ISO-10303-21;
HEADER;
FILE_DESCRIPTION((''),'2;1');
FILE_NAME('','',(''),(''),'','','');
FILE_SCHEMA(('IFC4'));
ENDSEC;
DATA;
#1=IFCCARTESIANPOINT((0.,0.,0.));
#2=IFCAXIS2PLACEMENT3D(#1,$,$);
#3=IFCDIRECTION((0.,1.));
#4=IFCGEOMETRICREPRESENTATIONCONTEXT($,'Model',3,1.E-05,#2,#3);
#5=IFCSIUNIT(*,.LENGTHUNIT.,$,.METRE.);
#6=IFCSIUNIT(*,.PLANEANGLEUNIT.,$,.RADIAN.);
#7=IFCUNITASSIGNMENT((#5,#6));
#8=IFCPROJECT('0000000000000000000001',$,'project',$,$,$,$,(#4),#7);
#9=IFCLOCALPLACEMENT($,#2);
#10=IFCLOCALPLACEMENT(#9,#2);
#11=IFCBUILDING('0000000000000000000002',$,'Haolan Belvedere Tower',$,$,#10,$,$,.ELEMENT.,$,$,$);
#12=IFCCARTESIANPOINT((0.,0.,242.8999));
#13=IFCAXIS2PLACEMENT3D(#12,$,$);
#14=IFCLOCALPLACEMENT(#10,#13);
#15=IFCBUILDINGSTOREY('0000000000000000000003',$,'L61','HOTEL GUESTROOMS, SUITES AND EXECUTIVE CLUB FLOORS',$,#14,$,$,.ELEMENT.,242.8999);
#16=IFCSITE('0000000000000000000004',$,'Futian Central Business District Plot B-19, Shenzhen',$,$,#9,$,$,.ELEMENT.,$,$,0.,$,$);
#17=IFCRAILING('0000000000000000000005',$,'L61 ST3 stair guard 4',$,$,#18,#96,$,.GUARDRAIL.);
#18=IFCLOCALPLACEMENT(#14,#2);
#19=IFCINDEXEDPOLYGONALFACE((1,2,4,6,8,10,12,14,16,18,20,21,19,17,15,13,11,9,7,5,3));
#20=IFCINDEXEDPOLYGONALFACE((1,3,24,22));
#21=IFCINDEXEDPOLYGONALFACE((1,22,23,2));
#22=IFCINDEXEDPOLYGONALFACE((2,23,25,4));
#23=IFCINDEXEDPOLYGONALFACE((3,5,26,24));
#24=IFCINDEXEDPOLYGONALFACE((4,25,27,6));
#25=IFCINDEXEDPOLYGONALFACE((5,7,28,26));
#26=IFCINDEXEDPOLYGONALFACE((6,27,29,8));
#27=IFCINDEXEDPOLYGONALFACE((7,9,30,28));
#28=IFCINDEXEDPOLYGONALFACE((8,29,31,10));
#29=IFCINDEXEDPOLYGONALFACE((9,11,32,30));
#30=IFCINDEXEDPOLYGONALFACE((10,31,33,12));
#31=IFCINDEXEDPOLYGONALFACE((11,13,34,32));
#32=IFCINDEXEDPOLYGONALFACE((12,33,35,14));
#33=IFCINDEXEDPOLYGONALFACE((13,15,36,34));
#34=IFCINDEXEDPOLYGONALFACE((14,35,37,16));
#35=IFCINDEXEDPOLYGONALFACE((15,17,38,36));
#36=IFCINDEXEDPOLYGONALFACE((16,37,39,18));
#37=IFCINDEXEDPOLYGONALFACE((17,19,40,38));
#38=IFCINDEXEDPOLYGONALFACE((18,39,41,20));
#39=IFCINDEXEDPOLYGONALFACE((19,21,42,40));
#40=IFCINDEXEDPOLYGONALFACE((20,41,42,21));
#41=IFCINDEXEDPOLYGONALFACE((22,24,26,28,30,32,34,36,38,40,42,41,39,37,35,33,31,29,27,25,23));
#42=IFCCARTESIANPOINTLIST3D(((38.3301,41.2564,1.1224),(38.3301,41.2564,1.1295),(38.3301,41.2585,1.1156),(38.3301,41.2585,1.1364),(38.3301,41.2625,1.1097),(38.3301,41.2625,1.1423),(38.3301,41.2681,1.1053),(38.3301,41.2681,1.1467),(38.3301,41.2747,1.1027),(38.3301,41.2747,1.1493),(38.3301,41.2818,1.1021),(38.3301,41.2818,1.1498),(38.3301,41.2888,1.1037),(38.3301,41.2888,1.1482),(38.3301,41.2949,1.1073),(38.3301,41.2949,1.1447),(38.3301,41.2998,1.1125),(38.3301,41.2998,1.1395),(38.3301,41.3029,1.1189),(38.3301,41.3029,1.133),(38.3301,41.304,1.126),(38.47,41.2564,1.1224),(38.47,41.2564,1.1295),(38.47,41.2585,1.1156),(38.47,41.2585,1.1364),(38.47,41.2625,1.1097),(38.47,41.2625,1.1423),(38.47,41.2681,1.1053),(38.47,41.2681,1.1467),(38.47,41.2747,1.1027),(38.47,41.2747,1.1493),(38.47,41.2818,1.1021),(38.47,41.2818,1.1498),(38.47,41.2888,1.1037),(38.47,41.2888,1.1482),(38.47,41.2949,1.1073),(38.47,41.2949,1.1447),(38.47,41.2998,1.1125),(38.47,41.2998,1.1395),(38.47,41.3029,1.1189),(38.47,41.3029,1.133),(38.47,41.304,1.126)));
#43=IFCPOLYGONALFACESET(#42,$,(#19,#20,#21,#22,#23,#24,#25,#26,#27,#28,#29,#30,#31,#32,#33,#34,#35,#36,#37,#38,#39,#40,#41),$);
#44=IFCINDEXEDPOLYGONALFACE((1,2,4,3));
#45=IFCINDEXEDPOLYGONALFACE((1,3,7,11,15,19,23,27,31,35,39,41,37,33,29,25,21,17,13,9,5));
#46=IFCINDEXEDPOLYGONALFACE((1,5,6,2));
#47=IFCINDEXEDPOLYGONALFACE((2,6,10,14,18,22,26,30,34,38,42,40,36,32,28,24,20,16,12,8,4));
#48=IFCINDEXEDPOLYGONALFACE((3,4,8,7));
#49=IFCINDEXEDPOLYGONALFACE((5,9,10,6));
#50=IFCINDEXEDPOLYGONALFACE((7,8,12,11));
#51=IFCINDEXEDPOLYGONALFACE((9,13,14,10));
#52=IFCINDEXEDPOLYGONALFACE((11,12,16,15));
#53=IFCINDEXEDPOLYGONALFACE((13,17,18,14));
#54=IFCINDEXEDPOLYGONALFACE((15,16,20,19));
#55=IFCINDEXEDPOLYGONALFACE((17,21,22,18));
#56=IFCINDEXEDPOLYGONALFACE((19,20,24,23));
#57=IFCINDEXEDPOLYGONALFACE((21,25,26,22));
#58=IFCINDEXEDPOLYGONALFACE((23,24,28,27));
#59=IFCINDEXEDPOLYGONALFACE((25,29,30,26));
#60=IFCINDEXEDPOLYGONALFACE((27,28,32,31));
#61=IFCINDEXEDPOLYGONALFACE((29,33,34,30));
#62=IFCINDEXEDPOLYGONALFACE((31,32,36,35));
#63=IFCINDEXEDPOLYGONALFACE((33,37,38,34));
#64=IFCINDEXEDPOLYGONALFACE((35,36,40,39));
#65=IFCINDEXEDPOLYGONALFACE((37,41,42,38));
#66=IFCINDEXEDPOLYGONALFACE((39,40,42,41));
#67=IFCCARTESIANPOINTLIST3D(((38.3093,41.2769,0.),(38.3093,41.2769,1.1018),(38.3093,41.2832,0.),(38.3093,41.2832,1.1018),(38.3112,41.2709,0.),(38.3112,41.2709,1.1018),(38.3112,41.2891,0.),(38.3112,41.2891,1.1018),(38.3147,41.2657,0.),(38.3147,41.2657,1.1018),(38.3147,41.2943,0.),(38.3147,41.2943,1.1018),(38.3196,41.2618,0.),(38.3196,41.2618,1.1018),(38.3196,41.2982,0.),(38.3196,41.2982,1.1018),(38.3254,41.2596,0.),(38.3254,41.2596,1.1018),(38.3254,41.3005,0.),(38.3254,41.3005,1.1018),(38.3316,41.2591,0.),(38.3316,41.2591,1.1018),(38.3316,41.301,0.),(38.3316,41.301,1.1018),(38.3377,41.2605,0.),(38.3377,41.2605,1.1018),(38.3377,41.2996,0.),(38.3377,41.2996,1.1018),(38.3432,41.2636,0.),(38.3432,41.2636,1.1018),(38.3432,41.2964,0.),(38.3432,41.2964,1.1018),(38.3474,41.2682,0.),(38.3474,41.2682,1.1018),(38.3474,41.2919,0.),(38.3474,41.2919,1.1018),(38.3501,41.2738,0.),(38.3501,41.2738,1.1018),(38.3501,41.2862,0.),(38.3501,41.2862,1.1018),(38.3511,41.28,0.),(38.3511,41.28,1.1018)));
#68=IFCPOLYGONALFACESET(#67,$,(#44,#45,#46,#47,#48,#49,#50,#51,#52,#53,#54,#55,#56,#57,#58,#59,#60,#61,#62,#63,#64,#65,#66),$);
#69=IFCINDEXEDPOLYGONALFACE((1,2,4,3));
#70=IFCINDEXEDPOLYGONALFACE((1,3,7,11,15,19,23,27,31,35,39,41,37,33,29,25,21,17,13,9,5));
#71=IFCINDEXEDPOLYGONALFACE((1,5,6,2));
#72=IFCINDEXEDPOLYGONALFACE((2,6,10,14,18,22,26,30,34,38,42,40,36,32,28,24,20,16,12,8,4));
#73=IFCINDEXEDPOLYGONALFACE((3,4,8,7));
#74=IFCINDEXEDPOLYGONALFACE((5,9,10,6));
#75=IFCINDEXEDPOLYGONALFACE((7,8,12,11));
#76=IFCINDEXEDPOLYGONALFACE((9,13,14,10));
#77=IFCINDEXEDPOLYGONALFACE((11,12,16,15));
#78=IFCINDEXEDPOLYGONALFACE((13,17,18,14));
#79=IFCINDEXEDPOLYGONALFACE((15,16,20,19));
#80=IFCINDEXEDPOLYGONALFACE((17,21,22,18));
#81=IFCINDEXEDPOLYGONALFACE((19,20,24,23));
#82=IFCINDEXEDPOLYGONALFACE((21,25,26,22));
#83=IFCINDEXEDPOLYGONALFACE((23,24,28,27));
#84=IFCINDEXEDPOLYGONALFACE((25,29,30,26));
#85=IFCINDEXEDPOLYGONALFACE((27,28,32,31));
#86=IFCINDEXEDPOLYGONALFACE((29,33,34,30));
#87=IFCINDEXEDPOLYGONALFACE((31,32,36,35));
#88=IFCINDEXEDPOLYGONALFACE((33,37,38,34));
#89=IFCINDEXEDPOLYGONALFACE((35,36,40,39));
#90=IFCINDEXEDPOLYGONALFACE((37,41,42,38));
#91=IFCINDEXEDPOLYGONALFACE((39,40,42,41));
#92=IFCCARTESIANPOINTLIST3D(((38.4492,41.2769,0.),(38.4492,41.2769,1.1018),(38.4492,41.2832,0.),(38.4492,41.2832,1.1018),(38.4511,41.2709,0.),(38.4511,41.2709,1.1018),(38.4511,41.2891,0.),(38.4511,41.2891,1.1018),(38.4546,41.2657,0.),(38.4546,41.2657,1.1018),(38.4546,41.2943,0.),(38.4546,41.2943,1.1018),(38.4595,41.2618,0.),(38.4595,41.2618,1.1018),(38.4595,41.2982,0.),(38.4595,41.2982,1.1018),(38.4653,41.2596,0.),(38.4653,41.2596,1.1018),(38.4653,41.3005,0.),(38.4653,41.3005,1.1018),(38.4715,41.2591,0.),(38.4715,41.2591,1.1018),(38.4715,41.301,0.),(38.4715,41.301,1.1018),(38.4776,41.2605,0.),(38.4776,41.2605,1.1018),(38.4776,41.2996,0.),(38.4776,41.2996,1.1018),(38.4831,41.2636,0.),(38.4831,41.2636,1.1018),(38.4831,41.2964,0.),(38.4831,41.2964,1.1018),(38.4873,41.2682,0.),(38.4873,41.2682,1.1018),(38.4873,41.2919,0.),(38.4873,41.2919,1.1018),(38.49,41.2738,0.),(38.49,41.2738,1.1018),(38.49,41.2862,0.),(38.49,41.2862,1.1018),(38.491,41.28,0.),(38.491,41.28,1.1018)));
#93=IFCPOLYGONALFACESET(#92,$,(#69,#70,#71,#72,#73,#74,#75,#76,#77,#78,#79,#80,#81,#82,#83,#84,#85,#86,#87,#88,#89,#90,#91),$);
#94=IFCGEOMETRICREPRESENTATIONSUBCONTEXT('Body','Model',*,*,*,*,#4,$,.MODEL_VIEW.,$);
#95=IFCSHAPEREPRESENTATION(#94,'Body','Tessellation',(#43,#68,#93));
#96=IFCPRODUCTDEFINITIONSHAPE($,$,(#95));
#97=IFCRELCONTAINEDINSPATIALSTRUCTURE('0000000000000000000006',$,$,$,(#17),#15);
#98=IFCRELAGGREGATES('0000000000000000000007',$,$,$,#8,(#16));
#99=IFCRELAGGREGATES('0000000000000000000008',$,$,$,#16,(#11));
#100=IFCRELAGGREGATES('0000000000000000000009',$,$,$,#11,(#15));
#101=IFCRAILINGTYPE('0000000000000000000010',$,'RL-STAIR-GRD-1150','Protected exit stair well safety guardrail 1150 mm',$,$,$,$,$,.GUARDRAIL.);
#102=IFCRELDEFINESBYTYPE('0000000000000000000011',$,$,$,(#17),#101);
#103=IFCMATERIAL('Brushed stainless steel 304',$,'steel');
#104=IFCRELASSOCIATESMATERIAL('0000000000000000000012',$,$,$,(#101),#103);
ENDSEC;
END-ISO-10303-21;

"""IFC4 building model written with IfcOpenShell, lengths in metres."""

from ifc_helpers import new_model, si_unit, direction, frame, origin, origin_2d, place, context, subcontext, project, spatial, circle, extrude, material, type_object, element, save


model = new_model("IFC4")

# Units and contexts
model_context = context("Model", 3, precision=1e-05, world=origin(), true_north=direction((0.0, 1.0)))
body_context = subcontext(model_context, "Body", "Model", "MODEL_VIEW")
ifc_project = project(units=[si_unit("LENGTHUNIT", "METRE"), si_unit("PLANEANGLEUNIT", "RADIAN")], contexts=[model_context])

# Site, building, storey
site_placement = place(None, origin())
site = spatial("IfcSite", under=ifc_project, at=site_placement, Name="Futian Central Business District Plot B-19, Shenzhen", CompositionType="ELEMENT", RefElevation=0.0)
building_placement = place(site_placement, origin())
building = spatial("IfcBuilding", under=site, at=building_placement, Name="Haolan Belvedere Tower", CompositionType="ELEMENT")
storey_placement = place(building_placement, frame((0.0, 0.0, 242.8999)))
storey = spatial("IfcBuildingStorey", under=building, at=storey_placement, Name="L61", Description="HOTEL GUESTROOMS, SUITES AND EXECUTIVE CLUB FLOORS", CompositionType="ELEMENT", Elevation=242.8999)

# Railing
ifc_material_1 = material(Name="Brushed stainless steel 304", Category="steel")
railing_type_1 = type_object("IfcRailingType", Name="RL-STAIR-GRD-1150", Description="Protected exit stair well safety guardrail 1150 mm", PredefinedType="GUARDRAIL", material=ifc_material_1)
railing_1_placement = place(storey_placement, frame((38.3301, 41.28, 0.0)))
element("IfcRailing", 1, at=railing_1_placement, inside=storey, type_object=railing_type_1, Name="L61 ST3 stair guard 4", PredefinedType="GUARDRAIL", context=body_context, shape_type="SweptSolid", body=[
    extrude(circle(Radius=0.0239, at=origin_2d()), frame((0.0, 0.0, 1.126), z_axis=(1.0, 0.0, 0.0), x_axis=(0.0, 1.0, 0.0)), (0.0, 0.0, 1.0), 0.1399),
    extrude(circle(Radius=0.021, at=origin_2d()), origin(), (0.0, 0.0, 1.0), 1.1018),
    extrude(circle(Radius=0.021, at=origin_2d()), frame((0.1399, 0.0, 0.0)), (0.0, 0.0, 1.0), 1.1018),
])

save(model, "model.ifc")
